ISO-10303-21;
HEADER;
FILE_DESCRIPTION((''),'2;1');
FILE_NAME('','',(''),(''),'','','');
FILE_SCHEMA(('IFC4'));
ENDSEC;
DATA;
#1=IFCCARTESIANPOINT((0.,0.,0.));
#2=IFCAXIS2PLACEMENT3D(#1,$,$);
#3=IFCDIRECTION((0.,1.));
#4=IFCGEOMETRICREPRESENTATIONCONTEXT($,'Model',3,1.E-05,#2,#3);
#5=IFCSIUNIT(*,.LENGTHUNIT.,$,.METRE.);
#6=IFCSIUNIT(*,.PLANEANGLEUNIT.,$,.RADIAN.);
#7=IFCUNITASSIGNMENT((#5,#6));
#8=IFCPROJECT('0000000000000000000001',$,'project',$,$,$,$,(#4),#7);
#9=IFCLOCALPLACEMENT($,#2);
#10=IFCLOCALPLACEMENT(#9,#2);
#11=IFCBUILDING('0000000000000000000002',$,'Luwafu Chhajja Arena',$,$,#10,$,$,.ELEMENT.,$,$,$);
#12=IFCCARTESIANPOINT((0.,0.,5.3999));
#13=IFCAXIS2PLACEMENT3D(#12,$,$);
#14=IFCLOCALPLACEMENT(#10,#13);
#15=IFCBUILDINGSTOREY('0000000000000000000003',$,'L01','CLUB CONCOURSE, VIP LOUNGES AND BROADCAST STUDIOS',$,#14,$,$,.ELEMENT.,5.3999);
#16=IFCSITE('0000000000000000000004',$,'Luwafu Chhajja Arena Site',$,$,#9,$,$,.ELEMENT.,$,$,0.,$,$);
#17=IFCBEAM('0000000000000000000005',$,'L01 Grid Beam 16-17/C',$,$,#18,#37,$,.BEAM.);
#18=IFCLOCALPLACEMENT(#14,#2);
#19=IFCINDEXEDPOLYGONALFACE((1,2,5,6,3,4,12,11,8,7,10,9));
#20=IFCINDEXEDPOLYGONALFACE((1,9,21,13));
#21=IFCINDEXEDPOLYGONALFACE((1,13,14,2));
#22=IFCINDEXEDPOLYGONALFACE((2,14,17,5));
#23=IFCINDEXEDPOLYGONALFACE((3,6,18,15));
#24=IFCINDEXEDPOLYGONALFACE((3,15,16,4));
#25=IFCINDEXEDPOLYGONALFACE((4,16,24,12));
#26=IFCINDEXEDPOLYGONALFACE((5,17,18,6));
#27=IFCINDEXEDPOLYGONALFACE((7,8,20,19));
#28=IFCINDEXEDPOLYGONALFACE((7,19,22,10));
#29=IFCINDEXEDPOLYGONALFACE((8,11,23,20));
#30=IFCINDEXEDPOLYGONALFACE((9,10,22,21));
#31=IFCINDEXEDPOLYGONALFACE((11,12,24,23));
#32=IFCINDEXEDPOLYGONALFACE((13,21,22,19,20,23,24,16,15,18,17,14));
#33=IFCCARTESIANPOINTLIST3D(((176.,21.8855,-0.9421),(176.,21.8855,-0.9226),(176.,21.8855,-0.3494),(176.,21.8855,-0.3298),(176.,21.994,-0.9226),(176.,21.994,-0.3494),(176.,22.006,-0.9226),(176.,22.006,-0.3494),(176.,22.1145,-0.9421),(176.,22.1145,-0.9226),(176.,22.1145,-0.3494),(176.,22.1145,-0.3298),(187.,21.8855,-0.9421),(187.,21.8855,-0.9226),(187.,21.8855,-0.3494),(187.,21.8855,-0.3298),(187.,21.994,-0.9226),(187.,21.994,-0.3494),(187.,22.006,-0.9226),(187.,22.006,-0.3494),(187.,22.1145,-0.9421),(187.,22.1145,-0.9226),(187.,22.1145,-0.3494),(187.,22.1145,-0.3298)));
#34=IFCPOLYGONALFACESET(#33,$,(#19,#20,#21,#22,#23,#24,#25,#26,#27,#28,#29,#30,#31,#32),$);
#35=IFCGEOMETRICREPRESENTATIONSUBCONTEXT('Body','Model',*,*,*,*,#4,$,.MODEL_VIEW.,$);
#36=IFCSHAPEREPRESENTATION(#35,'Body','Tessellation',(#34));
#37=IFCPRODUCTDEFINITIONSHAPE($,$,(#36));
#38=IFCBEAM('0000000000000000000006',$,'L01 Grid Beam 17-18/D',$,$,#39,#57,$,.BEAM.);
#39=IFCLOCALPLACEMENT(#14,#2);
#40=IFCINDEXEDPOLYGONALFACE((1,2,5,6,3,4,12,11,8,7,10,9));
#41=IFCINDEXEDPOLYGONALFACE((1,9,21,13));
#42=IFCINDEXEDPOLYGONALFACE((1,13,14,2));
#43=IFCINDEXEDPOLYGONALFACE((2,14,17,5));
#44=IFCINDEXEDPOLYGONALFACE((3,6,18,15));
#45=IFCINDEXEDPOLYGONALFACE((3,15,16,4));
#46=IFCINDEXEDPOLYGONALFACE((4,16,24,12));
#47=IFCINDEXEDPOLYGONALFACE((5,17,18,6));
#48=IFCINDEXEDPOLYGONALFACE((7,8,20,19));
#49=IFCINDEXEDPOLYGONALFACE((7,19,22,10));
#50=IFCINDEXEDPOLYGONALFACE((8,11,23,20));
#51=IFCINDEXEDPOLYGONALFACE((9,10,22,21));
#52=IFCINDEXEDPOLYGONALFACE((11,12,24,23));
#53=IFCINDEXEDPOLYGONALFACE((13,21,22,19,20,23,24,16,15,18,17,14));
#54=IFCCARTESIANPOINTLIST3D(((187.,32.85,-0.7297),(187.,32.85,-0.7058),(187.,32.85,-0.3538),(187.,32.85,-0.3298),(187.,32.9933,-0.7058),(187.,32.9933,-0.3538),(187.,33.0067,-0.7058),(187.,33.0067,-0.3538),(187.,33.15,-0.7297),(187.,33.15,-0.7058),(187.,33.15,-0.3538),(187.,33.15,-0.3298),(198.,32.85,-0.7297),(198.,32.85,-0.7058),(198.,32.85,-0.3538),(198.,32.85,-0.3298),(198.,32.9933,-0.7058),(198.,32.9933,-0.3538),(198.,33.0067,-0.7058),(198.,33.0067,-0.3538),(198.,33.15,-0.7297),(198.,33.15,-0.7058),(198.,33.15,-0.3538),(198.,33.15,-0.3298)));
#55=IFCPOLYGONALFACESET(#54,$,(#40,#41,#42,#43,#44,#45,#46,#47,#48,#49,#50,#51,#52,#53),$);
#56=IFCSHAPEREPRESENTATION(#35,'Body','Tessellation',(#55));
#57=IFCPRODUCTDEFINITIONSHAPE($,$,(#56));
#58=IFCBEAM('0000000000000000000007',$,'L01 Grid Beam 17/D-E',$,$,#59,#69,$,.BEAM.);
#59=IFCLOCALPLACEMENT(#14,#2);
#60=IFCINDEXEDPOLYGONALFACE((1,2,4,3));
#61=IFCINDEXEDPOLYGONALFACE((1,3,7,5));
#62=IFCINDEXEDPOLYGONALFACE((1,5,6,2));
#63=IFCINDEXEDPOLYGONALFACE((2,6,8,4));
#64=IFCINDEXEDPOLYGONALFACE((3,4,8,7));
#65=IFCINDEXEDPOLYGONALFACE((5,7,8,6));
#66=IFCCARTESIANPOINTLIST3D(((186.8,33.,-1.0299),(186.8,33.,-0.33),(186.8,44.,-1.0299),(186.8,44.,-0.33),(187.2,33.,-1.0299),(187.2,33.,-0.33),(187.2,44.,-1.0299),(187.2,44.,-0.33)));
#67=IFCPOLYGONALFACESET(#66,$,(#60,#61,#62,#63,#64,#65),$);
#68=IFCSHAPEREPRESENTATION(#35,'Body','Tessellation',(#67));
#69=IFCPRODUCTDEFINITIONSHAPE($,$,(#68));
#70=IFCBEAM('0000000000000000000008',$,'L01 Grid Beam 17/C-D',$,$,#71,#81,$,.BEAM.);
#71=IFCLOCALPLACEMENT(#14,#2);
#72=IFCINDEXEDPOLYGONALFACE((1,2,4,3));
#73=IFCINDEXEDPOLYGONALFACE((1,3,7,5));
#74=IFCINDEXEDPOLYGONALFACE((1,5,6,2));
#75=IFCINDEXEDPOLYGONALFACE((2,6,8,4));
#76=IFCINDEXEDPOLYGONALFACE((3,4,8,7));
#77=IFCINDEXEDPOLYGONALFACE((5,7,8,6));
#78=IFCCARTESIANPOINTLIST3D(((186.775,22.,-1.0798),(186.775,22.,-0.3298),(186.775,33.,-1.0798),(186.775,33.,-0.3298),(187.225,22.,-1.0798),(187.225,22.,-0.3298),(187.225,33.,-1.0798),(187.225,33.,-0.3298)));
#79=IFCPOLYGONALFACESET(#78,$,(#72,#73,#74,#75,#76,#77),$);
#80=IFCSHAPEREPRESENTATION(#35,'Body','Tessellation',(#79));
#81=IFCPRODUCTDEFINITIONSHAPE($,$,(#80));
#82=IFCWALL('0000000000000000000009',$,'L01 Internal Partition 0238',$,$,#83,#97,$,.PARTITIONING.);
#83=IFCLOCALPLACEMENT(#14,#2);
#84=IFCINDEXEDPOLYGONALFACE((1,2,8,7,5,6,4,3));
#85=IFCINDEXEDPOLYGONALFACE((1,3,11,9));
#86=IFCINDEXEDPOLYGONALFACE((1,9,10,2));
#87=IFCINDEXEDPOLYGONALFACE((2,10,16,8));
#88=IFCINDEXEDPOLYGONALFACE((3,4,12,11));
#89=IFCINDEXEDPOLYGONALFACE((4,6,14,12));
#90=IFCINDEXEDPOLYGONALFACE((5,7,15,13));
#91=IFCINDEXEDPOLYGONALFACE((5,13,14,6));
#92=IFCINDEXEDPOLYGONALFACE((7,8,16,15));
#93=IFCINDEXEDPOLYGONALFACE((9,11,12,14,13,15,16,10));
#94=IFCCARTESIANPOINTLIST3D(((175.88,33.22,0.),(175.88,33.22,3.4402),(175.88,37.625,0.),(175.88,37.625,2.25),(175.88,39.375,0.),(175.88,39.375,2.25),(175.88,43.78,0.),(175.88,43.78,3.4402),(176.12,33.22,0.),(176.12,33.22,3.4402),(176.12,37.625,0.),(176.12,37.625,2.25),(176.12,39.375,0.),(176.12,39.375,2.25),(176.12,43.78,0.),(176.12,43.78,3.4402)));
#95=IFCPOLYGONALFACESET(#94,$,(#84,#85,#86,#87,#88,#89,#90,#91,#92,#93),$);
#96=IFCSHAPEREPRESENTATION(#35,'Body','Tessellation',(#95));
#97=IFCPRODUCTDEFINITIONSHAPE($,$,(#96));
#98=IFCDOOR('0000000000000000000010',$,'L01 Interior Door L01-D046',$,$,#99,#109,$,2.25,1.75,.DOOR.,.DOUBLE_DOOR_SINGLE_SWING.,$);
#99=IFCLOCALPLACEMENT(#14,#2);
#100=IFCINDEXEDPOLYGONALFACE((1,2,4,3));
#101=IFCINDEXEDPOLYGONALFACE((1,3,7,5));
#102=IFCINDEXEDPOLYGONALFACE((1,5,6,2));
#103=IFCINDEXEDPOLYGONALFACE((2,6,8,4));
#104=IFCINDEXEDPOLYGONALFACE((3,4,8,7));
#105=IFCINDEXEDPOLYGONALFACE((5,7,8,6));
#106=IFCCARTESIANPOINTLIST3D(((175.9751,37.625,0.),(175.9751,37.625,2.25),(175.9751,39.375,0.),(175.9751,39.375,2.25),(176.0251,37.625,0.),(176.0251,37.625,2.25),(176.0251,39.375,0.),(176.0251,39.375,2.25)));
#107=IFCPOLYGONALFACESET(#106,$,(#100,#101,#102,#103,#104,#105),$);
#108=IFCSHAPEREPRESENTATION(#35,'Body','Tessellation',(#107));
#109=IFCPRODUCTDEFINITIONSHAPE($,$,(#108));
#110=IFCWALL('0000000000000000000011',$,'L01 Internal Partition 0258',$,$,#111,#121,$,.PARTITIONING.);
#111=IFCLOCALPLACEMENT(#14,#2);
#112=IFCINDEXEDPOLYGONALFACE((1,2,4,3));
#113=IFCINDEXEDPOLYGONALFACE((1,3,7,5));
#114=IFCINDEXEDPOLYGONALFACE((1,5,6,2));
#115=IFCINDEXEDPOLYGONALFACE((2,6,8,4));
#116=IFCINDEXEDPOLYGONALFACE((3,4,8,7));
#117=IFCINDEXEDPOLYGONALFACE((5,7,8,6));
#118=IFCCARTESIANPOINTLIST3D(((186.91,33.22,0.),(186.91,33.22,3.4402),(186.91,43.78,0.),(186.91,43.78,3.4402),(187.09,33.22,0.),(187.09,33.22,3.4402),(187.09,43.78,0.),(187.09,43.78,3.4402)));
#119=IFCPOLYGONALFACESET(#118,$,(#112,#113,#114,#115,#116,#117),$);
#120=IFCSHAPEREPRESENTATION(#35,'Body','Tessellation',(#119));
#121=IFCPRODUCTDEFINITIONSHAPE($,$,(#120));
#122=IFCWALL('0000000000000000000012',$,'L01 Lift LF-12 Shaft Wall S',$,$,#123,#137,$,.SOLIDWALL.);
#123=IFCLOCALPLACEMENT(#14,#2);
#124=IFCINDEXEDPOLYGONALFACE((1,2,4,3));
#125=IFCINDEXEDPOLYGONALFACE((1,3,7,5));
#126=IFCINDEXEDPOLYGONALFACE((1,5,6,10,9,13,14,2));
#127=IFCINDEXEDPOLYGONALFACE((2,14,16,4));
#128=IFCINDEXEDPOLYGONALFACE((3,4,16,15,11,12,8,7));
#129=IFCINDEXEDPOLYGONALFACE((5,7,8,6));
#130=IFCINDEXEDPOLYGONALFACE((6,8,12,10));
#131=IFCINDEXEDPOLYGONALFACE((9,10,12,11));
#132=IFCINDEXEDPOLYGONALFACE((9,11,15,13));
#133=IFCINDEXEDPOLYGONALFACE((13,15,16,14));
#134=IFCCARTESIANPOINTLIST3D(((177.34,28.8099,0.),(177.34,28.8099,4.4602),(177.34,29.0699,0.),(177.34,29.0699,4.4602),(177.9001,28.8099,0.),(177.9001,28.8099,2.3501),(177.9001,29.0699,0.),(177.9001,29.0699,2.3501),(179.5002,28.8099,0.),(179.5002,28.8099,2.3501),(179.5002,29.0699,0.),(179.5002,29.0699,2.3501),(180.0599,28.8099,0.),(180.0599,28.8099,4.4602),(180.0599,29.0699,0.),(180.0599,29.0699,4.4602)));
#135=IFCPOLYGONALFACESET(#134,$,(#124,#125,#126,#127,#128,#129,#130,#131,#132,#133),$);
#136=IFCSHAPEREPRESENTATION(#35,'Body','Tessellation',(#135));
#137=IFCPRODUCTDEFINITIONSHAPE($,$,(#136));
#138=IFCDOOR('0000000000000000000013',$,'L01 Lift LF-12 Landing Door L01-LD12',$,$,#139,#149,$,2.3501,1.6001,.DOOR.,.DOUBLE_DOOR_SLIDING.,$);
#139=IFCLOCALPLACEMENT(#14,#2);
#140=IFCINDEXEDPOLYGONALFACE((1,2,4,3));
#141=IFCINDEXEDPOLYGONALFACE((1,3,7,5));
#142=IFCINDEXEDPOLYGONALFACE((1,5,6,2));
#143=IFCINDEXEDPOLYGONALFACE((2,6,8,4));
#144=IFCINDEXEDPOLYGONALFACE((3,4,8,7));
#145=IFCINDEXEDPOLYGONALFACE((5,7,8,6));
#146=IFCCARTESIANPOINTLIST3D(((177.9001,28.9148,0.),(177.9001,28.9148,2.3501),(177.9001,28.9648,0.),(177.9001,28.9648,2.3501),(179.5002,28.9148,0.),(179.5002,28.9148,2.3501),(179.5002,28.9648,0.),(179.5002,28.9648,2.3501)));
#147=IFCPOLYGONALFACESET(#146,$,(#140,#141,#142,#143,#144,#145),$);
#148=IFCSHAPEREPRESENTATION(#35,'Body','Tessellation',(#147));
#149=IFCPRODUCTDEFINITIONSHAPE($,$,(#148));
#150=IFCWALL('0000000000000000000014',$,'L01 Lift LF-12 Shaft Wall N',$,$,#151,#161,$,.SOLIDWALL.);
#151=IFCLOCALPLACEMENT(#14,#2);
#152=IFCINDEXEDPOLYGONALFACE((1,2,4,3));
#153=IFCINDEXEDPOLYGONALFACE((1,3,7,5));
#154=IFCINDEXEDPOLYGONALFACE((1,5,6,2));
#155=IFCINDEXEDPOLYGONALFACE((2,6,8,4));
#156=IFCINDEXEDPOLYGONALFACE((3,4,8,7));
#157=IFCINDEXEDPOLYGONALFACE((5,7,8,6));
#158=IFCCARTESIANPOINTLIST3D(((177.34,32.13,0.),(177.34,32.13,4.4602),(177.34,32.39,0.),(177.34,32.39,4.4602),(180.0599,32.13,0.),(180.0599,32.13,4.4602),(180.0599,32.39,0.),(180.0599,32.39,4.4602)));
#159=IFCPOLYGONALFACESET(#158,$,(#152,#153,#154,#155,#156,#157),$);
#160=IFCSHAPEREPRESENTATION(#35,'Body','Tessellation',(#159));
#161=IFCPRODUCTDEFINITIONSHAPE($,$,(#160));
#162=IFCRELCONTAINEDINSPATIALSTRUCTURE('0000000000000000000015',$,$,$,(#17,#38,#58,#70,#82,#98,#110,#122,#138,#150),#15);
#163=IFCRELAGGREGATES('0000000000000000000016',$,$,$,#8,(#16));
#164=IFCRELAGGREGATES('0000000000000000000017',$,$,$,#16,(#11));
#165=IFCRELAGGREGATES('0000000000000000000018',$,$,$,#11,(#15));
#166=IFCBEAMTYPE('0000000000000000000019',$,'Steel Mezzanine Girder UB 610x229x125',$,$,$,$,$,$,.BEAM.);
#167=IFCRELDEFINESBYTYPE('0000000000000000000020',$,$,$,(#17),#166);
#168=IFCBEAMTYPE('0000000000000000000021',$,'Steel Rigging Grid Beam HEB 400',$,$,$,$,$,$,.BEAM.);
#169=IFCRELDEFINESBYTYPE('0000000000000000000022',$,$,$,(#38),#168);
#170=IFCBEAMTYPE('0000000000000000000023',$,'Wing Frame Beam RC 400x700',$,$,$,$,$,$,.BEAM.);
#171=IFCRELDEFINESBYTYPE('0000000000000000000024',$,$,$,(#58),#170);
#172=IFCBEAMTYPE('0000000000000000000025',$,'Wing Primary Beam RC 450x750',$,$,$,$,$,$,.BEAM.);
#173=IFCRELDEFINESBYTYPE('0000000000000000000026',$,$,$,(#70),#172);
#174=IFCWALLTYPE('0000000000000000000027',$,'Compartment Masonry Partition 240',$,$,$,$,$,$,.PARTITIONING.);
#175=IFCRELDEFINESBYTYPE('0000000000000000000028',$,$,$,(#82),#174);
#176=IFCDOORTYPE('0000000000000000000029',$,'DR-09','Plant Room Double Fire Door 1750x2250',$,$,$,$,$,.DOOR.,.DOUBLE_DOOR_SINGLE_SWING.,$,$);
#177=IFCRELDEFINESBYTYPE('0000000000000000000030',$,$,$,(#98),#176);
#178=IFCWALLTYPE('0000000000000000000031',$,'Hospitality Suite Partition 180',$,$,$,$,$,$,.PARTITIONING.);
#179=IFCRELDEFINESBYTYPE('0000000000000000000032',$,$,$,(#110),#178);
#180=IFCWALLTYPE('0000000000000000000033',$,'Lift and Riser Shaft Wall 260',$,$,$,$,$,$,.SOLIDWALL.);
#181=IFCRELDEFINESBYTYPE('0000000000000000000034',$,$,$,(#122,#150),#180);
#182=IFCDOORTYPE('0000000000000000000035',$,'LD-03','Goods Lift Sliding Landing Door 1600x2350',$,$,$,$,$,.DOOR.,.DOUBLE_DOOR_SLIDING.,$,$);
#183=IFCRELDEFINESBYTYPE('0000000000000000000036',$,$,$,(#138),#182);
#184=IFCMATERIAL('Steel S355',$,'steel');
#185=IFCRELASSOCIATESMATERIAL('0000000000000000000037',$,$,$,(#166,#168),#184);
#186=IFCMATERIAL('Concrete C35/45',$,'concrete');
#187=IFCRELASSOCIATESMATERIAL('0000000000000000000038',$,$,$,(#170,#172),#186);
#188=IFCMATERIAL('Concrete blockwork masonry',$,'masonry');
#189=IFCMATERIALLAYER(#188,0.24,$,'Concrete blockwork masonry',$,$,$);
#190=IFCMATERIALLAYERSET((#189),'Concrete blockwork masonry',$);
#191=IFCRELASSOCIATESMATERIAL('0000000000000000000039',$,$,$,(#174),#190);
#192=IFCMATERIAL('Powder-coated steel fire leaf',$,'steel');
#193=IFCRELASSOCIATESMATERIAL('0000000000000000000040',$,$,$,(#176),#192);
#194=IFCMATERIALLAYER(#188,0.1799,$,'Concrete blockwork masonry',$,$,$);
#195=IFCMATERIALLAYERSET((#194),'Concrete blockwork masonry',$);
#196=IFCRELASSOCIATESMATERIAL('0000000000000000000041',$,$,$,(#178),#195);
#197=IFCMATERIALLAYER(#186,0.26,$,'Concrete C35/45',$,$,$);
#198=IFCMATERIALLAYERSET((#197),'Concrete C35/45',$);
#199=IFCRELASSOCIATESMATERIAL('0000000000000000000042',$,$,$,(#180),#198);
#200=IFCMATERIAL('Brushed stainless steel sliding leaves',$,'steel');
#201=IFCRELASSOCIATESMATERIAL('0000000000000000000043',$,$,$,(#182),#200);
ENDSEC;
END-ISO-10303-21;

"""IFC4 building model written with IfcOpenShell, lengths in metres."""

from ifc_helpers import new_model, si_unit, direction, frame, frame_2d, origin, origin_2d, place, context, subcontext, project, spatial, rectangle, i_section, extrude, material, layer, layer_set, material_profile, profile_set, type_object, element, fill, save


model = new_model("IFC4")

# Units and contexts
model_context = context("Model", 3, precision=1e-05, world=origin(), true_north=direction((0.0, 1.0)))
body_context = subcontext(model_context, "Body", "Model", "MODEL_VIEW")
ifc_project = project(units=[si_unit("LENGTHUNIT", "METRE"), si_unit("PLANEANGLEUNIT", "RADIAN")], contexts=[model_context])

# Site, building, storey
site_placement = place(None, origin())
site = spatial("IfcSite", under=ifc_project, at=site_placement, Name="Luwafu Chhajja Arena Site", CompositionType="ELEMENT", RefElevation=0.0)
building_placement = place(site_placement, origin())
building = spatial("IfcBuilding", under=site, at=building_placement, Name="Luwafu Chhajja Arena", CompositionType="ELEMENT")
storey_placement = place(building_placement, frame((0.0, 0.0, 5.3999)))
storey = spatial("IfcBuildingStorey", under=building, at=storey_placement, Name="L01", Description="CLUB CONCOURSE, VIP LOUNGES AND BROADCAST STUDIOS", CompositionType="ELEMENT", Elevation=5.3999)

# Shared definitions
ifc_material_1 = material(Name="Concrete C35/45", Category="concrete")

# Beams
ifc_material_2 = material(Name="Steel S355", Category="steel")
ifc_material_profile_1 = material_profile(ifc_material_2, i_section(OverallWidth=0.229, OverallDepth=0.6123, WebThickness=0.012, FlangeThickness=0.0195, at=origin_2d()), Name="UB 610x229x125")
ifc_profile_set_1 = profile_set([ifc_material_profile_1], Name="Steel S355")
beam_type_1 = type_object("IfcBeamType", Name="Steel Mezzanine Girder UB 610x229x125", PredefinedType="BEAM", material=ifc_profile_set_1)
beam_1_placement = place(storey_placement, frame((176.0, 22.0, -0.636), z_axis=(1.0, 0.0, 0.0), x_axis=(0.0, 1.0, 0.0)))
element("IfcBeam", 1, at=beam_1_placement, inside=storey, type_object=beam_type_1, Name="L01 Grid Beam 16-17/C", PredefinedType="BEAM", context=body_context, shape_type="SweptSolid", body=[
    extrude(i_section(OverallWidth=0.229, OverallDepth=0.6123, WebThickness=0.012, FlangeThickness=0.0195, at=origin_2d()), origin(), (0.0, 0.0, 1.0), 11.0),
])
ifc_material_profile_2 = material_profile(ifc_material_2, i_section(OverallWidth=0.3, OverallDepth=0.3999, WebThickness=0.0134, FlangeThickness=0.0239, at=origin_2d()), Name="HEB 400")
ifc_profile_set_2 = profile_set([ifc_material_profile_2], Name="Steel S355")
beam_type_2 = type_object("IfcBeamType", Name="Steel Rigging Grid Beam HEB 400", PredefinedType="BEAM", material=ifc_profile_set_2)
beam_2_placement = place(storey_placement, frame((187.0, 33.0, -0.5298), z_axis=(1.0, 0.0, 0.0), x_axis=(0.0, 1.0, 0.0)))
element("IfcBeam", 2, at=beam_2_placement, inside=storey, type_object=beam_type_2, Name="L01 Grid Beam 17-18/D", PredefinedType="BEAM", context=body_context, shape_type="SweptSolid", body=[
    extrude(i_section(OverallWidth=0.3, OverallDepth=0.3999, WebThickness=0.0134, FlangeThickness=0.0239, at=origin_2d()), origin(), (0.0, 0.0, 1.0), 11.0),
])
ifc_material_profile_3 = material_profile(ifc_material_1, rectangle(XDim=0.3999, YDim=0.7, at=origin_2d()), Name="RC 400x700")
ifc_profile_set_3 = profile_set([ifc_material_profile_3], Name="Concrete C35/45")
beam_type_3 = type_object("IfcBeamType", Name="Wing Frame Beam RC 400x700", PredefinedType="BEAM", material=ifc_profile_set_3)
beam_3_placement = place(storey_placement, frame((187.0, 33.0, -0.6799), z_axis=(0.0, 1.0, 0.0), x_axis=(-1.0, 0.0, 0.0)))
element("IfcBeam", 3, at=beam_3_placement, inside=storey, type_object=beam_type_3, Name="L01 Grid Beam 17/D-E", PredefinedType="BEAM", context=body_context, shape_type="SweptSolid", body=[
    extrude(rectangle(XDim=0.3999, YDim=0.7, at=origin_2d()), origin(), (0.0, 0.0, 1.0), 11.0),
])
ifc_material_profile_4 = material_profile(ifc_material_1, rectangle(XDim=0.45, YDim=0.75, at=origin_2d()), Name="RC 450x750")
ifc_profile_set_4 = profile_set([ifc_material_profile_4], Name="Concrete C35/45")
beam_type_4 = type_object("IfcBeamType", Name="Wing Primary Beam RC 450x750", PredefinedType="BEAM", material=ifc_profile_set_4)
beam_4_placement = place(storey_placement, frame((187.0, 22.0, -0.7048), z_axis=(0.0, 1.0, 0.0), x_axis=(-1.0, 0.0, 0.0)))
element("IfcBeam", 4, at=beam_4_placement, inside=storey, type_object=beam_type_4, Name="L01 Grid Beam 17/C-D", PredefinedType="BEAM", context=body_context, shape_type="SweptSolid", body=[
    extrude(rectangle(XDim=0.45, YDim=0.75, at=origin_2d()), origin(), (0.0, 0.0, 1.0), 11.0),
])

# Wall, opening, door
ifc_material_3 = material(Name="Concrete blockwork masonry", Category="masonry")
ifc_layer_1 = layer(ifc_material_3, 0.24, Name="Concrete blockwork masonry")
ifc_layer_set_1 = layer_set([ifc_layer_1], Name="Concrete blockwork masonry")
wall_type_1 = type_object("IfcWallType", Name="Compartment Masonry Partition 240", PredefinedType="PARTITIONING", material=ifc_layer_set_1)
wall_1_placement = place(storey_placement, frame((176.0, 33.22, 0.0), z_axis=(0.0, 0.0, 1.0), x_axis=(0.0, 1.0, 0.0)))
wall_1 = element("IfcWall", 5, at=wall_1_placement, inside=storey, type_object=wall_type_1, Name="L01 Internal Partition 0238", PredefinedType="PARTITIONING", context=body_context, shape_type="SweptSolid", body=[
    extrude(rectangle(XDim=10.5601, YDim=0.24, at=frame_2d((5.28, 0.0))), origin(), (0.0, 0.0, 1.0), 3.4402),
])
opening_1_placement = place(wall_1_placement, frame((4.405, 0.0, 0.0)))
opening_1 = element("IfcOpeningElement", 6, at=opening_1_placement, cuts=wall_1, PredefinedType="OPENING", context=body_context, shape_type="SweptSolid", body=[
    extrude(rectangle(XDim=1.75, YDim=2.25, at=frame_2d((0.875, 1.125))), frame((0.0, 0.1299, 0.0), z_axis=(0.0, -1.0, 0.0), x_axis=(1.0, 0.0, 0.0)), (0.0, 0.0, 1.0), 0.26),
])
ifc_material_4 = material(Name="Powder-coated steel fire leaf", Category="steel")
door_type_1 = type_object("IfcDoorType", Name="DR-09", Description="Plant Room Double Fire Door 1750x2250", OperationType="DOUBLE_DOOR_SINGLE_SWING", PredefinedType="DOOR", material=ifc_material_4)
door_1_placement = place(opening_1_placement, origin())
door_1 = element("IfcDoor", 7, at=door_1_placement, inside=storey, type_object=door_type_1, Name="L01 Interior Door L01-D046", OperationType="DOUBLE_DOOR_SINGLE_SWING", OverallHeight=2.25, OverallWidth=1.75, PredefinedType="DOOR", context=body_context, shape_type="SweptSolid", body=[
    extrude(rectangle(XDim=1.75, YDim=2.25, at=frame_2d((0.875, 1.125))), frame((0.0, 0.0249, 0.0), z_axis=(0.0, -1.0, 0.0), x_axis=(1.0, 0.0, 0.0)), (0.0, 0.0, 1.0), 0.05),
])
fill(opening_1, door_1)

# Wall
ifc_layer_2 = layer(ifc_material_3, 0.1799, Name="Concrete blockwork masonry")
ifc_layer_set_2 = layer_set([ifc_layer_2], Name="Concrete blockwork masonry")
wall_type_2 = type_object("IfcWallType", Name="Hospitality Suite Partition 180", PredefinedType="PARTITIONING", material=ifc_layer_set_2)
wall_2_placement = place(storey_placement, frame((187.0, 33.22, 0.0), z_axis=(0.0, 0.0, 1.0), x_axis=(0.0, 1.0, 0.0)))
element("IfcWall", 8, at=wall_2_placement, inside=storey, type_object=wall_type_2, Name="L01 Internal Partition 0258", PredefinedType="PARTITIONING", context=body_context, shape_type="SweptSolid", body=[
    extrude(rectangle(XDim=10.5601, YDim=0.1799, at=frame_2d((5.28, 0.0))), origin(), (0.0, 0.0, 1.0), 3.4402),
])

# Wall, opening, door
ifc_layer_3 = layer(ifc_material_1, 0.26, Name="Concrete C35/45")
ifc_layer_set_3 = layer_set([ifc_layer_3], Name="Concrete C35/45")
wall_type_3 = type_object("IfcWallType", Name="Lift and Riser Shaft Wall 260", PredefinedType="SOLIDWALL", material=ifc_layer_set_3)
wall_3_placement = place(storey_placement, frame((177.3401, 28.9399, 0.0), z_axis=(0.0, 0.0, 1.0), x_axis=(1.0, 0.0, 0.0)))
wall_3 = element("IfcWall", 9, at=wall_3_placement, inside=storey, type_object=wall_type_3, Name="L01 Lift LF-12 Shaft Wall S", PredefinedType="SOLIDWALL", context=body_context, shape_type="SweptSolid", body=[
    extrude(rectangle(XDim=2.72, YDim=0.26, at=frame_2d((1.3599, 0.0))), origin(), (0.0, 0.0, 1.0), 4.4602),
])
opening_2_placement = place(wall_3_placement, frame((0.5601, 0.0, 0.0)))
opening_2 = element("IfcOpeningElement", 10, at=opening_2_placement, cuts=wall_3, PredefinedType="OPENING", context=body_context, shape_type="SweptSolid", body=[
    extrude(rectangle(XDim=1.6001, YDim=2.3501, at=frame_2d((0.8, 1.175))), frame((0.0, 0.1399, 0.0), z_axis=(0.0, -1.0, 0.0), x_axis=(1.0, 0.0, 0.0)), (0.0, 0.0, 1.0), 0.28),
])
ifc_material_5 = material(Name="Brushed stainless steel sliding leaves", Category="steel")
door_type_2 = type_object("IfcDoorType", Name="LD-03", Description="Goods Lift Sliding Landing Door 1600x2350", OperationType="DOUBLE_DOOR_SLIDING", PredefinedType="DOOR", material=ifc_material_5)
door_2_placement = place(opening_2_placement, origin())
door_2 = element("IfcDoor", 11, at=door_2_placement, inside=storey, type_object=door_type_2, Name="L01 Lift LF-12 Landing Door L01-LD12", OperationType="DOUBLE_DOOR_SLIDING", OverallHeight=2.3501, OverallWidth=1.6001, PredefinedType="DOOR", context=body_context, shape_type="SweptSolid", body=[
    extrude(rectangle(XDim=1.6001, YDim=2.3501, at=frame_2d((0.8, 1.175))), frame((0.0, 0.0249, 0.0), z_axis=(0.0, -1.0, 0.0), x_axis=(1.0, 0.0, 0.0)), (0.0, 0.0, 1.0), 0.05),
])
fill(opening_2, door_2)

# Wall
wall_4_placement = place(storey_placement, frame((177.3401, 32.26, 0.0), z_axis=(0.0, 0.0, 1.0), x_axis=(1.0, 0.0, 0.0)))
element("IfcWall", 12, at=wall_4_placement, inside=storey, type_object=wall_type_3, Name="L01 Lift LF-12 Shaft Wall N", PredefinedType="SOLIDWALL", context=body_context, shape_type="SweptSolid", body=[
    extrude(rectangle(XDim=2.72, YDim=0.26, at=frame_2d((1.3599, 0.0))), origin(), (0.0, 0.0, 1.0), 4.4602),
])

save(model, "model.ifc")
